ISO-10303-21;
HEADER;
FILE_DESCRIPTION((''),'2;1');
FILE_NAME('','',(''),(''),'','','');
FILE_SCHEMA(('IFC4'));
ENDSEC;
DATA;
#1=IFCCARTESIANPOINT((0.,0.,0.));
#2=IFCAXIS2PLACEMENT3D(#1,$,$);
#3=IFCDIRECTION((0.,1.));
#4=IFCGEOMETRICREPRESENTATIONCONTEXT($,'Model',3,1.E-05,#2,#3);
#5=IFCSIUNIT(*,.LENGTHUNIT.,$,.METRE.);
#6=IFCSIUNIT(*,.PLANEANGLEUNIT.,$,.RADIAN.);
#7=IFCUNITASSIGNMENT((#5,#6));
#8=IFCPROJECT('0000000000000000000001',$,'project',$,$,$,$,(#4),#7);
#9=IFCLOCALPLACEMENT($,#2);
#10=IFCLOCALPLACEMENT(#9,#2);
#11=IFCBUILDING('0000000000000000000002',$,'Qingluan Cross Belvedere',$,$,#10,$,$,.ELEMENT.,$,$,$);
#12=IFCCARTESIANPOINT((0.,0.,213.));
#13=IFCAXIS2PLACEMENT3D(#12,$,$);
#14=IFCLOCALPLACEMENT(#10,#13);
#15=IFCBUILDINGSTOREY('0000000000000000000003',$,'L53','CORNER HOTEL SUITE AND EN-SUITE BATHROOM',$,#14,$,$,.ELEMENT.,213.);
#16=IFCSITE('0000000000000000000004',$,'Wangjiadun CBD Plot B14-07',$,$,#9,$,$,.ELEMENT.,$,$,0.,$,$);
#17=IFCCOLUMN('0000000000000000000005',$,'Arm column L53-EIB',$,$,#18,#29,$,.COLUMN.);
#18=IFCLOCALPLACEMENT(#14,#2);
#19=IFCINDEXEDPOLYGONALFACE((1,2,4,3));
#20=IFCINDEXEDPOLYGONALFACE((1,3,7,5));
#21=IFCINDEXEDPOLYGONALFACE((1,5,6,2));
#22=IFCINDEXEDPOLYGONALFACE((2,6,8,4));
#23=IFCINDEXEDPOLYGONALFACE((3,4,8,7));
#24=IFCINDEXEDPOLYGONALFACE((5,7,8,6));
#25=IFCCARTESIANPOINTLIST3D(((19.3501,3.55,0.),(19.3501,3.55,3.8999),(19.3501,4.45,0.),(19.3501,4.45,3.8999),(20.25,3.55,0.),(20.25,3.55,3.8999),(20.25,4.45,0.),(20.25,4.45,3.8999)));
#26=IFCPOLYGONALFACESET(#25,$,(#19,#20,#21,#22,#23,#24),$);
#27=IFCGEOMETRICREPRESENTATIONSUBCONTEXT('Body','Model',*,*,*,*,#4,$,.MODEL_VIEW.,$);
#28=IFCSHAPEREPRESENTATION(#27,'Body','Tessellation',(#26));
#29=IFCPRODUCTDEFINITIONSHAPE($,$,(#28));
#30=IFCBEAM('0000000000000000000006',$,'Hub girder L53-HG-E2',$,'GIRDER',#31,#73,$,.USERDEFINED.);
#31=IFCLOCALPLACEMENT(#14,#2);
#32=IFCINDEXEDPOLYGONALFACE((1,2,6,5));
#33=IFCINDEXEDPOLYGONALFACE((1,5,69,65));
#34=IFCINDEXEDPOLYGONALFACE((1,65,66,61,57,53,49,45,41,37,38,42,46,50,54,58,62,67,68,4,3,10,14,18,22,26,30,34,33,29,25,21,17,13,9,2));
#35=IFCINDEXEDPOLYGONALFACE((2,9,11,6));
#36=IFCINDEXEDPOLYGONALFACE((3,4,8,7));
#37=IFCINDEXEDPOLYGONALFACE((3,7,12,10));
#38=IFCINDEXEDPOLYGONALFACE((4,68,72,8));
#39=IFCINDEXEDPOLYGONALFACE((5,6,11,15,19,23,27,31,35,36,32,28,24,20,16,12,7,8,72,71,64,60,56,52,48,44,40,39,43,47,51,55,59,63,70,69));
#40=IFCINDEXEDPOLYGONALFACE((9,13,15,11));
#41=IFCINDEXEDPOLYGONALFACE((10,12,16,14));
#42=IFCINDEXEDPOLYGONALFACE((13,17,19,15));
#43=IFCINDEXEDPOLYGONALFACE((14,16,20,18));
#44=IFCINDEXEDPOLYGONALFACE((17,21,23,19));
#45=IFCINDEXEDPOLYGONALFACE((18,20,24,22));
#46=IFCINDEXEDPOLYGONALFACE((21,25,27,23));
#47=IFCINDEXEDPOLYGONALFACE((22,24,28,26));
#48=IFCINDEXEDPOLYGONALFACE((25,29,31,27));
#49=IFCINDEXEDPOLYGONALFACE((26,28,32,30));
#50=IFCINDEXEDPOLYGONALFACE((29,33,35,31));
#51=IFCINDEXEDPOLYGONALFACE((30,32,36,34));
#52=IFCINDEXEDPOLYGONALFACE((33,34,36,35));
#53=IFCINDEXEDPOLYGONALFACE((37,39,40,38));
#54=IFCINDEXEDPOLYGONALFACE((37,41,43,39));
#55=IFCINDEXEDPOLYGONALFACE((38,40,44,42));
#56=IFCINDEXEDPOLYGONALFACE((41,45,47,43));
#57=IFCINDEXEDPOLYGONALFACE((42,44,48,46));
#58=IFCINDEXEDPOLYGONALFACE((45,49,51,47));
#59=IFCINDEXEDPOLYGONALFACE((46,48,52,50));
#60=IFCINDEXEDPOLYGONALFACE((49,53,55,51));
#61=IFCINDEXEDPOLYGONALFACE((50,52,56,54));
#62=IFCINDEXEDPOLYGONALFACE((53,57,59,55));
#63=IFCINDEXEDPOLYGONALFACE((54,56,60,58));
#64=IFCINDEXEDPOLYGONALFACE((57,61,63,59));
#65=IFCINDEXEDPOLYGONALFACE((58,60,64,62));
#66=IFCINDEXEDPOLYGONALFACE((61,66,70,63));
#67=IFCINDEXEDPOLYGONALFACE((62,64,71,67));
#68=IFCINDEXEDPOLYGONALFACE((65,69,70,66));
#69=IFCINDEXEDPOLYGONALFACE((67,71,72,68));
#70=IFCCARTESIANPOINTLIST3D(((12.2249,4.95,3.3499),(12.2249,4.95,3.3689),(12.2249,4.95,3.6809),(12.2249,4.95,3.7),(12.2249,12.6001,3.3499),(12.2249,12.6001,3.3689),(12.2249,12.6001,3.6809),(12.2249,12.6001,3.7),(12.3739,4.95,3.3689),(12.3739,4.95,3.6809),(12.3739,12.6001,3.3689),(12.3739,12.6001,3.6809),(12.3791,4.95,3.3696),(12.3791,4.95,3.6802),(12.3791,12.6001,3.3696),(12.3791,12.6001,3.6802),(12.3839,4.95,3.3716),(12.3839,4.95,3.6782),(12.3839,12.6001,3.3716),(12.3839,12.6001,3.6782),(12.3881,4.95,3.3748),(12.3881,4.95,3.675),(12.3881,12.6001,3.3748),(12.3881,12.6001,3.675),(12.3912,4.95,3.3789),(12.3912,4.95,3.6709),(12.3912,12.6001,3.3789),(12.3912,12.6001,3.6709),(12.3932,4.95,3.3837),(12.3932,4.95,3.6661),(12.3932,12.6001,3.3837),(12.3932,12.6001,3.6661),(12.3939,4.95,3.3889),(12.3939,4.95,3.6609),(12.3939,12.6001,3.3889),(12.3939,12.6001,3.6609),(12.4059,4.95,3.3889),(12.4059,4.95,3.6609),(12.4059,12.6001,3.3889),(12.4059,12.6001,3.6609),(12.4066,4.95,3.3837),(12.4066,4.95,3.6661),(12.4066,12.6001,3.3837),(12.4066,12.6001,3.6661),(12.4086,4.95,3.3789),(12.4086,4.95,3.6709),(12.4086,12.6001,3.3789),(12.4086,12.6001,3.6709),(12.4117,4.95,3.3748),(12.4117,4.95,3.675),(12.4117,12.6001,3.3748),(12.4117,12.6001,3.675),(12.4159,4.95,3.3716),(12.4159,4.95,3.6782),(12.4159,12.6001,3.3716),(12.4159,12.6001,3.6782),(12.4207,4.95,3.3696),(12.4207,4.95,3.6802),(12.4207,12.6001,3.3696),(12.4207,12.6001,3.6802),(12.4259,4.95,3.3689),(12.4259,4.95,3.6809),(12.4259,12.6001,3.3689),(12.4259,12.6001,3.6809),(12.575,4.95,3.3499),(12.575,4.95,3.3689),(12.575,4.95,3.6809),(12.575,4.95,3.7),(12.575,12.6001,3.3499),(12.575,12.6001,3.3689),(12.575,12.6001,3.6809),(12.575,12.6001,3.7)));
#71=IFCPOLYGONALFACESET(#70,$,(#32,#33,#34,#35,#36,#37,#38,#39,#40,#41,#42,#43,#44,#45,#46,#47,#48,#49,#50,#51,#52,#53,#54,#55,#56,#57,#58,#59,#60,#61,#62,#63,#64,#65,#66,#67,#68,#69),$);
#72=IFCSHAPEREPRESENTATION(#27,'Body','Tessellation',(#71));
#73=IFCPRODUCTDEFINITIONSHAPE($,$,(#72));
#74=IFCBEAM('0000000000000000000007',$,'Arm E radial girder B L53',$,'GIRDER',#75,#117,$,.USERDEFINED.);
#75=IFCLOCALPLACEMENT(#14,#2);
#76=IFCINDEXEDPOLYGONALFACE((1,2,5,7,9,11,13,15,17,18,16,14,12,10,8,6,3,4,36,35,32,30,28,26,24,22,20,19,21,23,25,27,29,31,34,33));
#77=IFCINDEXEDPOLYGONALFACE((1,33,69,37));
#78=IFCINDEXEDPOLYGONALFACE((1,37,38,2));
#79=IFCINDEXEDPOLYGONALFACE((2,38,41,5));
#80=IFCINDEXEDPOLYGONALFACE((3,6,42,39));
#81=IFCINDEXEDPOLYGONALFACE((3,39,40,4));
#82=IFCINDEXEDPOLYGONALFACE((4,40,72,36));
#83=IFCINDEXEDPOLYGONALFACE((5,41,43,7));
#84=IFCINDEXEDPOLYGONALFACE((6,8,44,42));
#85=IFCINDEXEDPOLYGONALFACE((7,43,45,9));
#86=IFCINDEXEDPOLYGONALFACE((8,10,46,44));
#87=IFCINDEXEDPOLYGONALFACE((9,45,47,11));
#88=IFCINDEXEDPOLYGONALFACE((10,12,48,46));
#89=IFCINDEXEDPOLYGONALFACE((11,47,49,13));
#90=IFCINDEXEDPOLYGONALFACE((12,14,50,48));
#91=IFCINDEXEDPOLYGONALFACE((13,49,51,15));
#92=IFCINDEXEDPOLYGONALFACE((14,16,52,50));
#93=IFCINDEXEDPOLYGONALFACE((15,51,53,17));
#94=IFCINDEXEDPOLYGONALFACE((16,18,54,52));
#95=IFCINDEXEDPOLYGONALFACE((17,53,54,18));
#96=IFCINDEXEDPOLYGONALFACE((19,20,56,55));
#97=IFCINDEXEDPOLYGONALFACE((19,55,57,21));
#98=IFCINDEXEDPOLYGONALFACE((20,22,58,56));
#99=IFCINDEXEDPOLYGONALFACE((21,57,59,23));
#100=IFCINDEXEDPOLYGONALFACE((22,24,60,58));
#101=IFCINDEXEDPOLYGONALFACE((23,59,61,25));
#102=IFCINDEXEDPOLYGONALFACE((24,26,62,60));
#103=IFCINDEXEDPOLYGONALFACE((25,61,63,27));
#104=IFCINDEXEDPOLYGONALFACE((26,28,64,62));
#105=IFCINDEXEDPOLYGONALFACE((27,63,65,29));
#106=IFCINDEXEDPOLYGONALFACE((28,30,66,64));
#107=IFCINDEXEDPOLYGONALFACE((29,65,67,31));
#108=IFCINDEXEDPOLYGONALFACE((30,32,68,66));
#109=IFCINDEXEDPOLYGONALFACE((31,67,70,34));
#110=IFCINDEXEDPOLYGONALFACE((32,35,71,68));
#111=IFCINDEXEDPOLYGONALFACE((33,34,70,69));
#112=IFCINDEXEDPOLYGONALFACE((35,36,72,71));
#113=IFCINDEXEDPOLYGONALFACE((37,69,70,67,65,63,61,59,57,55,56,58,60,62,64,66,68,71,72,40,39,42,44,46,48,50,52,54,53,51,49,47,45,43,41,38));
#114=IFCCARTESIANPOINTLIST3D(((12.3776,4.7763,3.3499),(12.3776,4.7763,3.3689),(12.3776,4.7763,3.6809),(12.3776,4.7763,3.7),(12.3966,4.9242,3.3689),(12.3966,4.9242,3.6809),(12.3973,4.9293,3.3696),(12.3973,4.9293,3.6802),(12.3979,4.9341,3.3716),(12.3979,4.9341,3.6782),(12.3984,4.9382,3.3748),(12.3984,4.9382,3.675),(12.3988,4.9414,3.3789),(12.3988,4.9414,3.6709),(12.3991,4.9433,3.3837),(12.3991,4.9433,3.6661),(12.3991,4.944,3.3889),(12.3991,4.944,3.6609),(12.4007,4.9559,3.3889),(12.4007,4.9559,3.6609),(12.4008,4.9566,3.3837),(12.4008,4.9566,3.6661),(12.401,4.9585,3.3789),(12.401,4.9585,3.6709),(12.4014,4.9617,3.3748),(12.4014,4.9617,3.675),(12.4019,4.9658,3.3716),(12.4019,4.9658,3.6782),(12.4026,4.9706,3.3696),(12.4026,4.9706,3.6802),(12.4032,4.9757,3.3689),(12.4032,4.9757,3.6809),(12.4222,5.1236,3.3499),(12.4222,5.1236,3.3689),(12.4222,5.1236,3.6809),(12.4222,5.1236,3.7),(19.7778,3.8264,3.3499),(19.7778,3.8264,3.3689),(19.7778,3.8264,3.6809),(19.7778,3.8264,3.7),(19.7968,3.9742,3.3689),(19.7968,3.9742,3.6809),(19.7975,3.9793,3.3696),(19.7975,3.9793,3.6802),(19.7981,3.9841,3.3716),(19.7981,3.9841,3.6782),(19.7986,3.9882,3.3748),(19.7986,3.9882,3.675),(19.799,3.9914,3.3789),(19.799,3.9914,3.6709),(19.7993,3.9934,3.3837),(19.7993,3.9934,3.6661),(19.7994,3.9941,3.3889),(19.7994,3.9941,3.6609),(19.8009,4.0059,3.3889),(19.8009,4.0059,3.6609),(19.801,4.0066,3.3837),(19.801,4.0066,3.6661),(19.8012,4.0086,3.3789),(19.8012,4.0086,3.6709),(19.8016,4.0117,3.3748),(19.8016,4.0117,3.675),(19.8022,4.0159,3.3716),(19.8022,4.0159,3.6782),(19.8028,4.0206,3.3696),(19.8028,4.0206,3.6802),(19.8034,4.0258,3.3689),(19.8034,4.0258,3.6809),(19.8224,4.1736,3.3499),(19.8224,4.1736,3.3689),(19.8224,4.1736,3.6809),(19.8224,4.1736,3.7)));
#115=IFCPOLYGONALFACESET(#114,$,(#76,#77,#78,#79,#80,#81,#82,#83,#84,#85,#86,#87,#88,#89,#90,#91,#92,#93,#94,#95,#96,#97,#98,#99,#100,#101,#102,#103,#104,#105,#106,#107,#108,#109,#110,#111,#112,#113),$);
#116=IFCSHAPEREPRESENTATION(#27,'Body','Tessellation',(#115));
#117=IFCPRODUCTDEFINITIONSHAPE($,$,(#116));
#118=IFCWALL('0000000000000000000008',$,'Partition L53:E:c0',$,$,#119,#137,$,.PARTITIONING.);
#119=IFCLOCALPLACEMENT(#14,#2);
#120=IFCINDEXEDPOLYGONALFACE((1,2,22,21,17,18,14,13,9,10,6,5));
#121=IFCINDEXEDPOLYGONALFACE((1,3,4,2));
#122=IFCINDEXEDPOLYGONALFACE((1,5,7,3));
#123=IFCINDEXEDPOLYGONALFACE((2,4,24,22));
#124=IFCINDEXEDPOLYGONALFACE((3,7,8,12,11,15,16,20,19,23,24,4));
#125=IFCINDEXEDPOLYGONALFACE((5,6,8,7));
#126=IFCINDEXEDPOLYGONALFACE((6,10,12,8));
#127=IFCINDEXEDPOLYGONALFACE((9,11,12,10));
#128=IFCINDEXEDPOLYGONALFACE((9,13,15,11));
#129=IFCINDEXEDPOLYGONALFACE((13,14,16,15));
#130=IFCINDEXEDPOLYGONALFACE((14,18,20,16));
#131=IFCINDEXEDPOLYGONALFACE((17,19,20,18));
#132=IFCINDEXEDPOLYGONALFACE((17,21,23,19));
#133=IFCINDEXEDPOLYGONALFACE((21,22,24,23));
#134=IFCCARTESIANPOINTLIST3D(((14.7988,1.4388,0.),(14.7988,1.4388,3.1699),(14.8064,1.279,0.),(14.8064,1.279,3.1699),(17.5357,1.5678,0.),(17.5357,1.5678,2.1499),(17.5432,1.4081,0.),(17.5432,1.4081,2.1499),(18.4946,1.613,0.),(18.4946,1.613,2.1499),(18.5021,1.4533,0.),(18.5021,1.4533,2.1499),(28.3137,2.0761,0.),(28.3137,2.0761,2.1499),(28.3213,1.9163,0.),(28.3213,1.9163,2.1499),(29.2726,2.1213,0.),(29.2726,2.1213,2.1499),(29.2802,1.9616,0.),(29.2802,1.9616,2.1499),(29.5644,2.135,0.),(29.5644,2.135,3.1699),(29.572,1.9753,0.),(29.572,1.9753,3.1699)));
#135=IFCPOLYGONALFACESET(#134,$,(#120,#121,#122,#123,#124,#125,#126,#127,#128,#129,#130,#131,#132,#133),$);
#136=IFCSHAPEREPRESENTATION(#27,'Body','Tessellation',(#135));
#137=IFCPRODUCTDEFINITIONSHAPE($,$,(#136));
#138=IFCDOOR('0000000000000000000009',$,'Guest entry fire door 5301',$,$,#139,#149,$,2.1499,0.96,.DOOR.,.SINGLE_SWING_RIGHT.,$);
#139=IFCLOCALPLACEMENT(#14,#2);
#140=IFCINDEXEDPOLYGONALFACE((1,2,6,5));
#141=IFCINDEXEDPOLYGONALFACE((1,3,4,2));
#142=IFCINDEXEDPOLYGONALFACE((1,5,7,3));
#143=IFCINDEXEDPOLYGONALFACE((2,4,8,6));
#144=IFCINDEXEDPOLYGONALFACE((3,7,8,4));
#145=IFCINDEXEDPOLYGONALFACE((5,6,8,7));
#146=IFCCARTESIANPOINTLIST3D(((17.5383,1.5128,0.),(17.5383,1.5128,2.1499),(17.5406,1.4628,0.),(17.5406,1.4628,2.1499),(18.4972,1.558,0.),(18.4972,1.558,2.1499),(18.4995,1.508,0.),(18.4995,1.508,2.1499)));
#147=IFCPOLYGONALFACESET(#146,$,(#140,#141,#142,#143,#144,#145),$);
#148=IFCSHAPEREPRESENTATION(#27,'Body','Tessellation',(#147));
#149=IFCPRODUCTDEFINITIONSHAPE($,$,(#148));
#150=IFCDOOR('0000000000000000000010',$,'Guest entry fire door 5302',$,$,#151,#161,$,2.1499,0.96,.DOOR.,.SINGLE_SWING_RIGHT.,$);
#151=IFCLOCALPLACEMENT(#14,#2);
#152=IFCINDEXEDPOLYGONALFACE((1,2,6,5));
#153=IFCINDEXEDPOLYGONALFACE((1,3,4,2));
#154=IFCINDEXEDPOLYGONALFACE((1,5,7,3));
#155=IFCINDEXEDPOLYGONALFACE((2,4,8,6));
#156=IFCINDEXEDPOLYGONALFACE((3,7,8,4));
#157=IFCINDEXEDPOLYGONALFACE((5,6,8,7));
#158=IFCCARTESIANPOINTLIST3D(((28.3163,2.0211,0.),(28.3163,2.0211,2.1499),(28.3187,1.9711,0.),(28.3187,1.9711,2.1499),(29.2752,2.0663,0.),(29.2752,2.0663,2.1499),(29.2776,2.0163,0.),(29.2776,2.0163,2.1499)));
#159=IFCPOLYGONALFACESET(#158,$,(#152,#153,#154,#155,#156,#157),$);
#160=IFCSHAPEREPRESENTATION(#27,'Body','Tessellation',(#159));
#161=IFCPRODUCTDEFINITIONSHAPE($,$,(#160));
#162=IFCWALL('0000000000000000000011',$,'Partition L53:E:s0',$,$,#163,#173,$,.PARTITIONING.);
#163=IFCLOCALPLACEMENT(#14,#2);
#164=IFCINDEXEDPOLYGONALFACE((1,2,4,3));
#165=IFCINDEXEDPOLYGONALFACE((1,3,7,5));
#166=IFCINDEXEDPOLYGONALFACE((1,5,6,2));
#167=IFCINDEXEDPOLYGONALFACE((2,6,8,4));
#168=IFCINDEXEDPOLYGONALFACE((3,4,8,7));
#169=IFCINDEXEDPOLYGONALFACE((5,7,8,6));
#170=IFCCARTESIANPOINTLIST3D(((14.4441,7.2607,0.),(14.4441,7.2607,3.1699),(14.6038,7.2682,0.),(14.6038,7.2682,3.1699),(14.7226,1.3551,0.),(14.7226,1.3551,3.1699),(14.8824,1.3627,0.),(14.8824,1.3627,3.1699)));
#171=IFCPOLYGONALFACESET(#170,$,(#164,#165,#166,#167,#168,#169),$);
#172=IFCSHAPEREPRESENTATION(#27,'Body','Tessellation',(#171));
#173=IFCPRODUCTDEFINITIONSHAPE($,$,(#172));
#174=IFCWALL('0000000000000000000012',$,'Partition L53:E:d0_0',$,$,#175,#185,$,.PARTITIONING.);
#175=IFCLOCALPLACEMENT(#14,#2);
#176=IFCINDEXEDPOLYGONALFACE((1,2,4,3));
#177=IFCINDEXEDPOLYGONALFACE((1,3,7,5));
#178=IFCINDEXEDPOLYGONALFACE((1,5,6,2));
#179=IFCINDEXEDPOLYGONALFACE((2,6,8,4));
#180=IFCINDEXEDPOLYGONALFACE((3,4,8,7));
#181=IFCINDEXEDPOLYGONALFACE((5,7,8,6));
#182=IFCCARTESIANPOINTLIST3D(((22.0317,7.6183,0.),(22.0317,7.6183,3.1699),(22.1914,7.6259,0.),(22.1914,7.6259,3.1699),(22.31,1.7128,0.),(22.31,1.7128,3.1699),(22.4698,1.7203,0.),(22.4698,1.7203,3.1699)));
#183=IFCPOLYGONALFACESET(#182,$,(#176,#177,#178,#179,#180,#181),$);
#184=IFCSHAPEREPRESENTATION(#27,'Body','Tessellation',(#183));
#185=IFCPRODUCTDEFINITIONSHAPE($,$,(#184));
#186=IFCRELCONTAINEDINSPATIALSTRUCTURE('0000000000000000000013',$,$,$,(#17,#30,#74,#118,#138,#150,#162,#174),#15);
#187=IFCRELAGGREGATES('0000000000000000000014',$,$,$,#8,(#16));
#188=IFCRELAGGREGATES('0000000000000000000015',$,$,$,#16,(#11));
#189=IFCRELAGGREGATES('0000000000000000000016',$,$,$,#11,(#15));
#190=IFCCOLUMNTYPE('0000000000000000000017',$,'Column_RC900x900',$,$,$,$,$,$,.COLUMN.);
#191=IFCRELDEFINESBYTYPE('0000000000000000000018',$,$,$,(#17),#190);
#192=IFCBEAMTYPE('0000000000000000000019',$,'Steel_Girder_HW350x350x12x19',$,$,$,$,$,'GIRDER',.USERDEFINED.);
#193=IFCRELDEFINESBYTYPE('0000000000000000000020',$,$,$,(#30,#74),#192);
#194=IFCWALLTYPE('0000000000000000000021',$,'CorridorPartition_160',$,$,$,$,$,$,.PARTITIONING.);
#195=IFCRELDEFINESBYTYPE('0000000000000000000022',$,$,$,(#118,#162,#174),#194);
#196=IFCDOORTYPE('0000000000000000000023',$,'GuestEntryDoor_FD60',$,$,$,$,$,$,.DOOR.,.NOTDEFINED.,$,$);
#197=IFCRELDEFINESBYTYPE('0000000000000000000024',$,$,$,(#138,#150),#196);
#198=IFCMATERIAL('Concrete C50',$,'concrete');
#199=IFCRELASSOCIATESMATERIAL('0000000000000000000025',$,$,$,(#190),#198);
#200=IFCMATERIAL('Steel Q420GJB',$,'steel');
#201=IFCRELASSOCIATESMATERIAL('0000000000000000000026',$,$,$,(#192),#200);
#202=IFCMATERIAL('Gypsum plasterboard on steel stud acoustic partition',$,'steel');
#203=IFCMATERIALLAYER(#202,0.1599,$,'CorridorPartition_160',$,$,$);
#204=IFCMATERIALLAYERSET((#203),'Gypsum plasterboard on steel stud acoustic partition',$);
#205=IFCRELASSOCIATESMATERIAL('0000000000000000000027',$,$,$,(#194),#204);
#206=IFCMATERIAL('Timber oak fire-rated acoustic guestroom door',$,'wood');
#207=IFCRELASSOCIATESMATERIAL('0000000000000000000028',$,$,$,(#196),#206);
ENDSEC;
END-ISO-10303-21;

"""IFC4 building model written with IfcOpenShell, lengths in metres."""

from ifc_helpers import new_model, si_unit, direction, frame, frame_2d, origin, origin_2d, place, context, subcontext, project, spatial, rectangle, i_section, extrude, material, layer, layer_set, material_profile, profile_set, type_object, element, fill, save


model = new_model("IFC4")

# Units and contexts
model_context = context("Model", 3, precision=1e-05, world=origin(), true_north=direction((0.0, 1.0)))
body_context = subcontext(model_context, "Body", "Model", "MODEL_VIEW")
ifc_project = project(units=[si_unit("LENGTHUNIT", "METRE"), si_unit("PLANEANGLEUNIT", "RADIAN")], contexts=[model_context])

# Site, building, storey
site_placement = place(None, origin())
site = spatial("IfcSite", under=ifc_project, at=site_placement, Name="Wangjiadun CBD Plot B14-07", CompositionType="ELEMENT", RefElevation=0.0)
building_placement = place(site_placement, origin())
building = spatial("IfcBuilding", under=site, at=building_placement, Name="Qingluan Cross Belvedere", CompositionType="ELEMENT")
storey_placement = place(building_placement, frame((0.0, 0.0, 213.0)))
storey = spatial("IfcBuildingStorey", under=building, at=storey_placement, Name="L53", Description="CORNER HOTEL SUITE AND EN-SUITE BATHROOM", CompositionType="ELEMENT", Elevation=213.0)

# Column
ifc_material_1 = material(Name="Concrete C50", Category="concrete")
ifc_material_profile_1 = material_profile(ifc_material_1, rectangle(XDim=0.8999, YDim=0.8999, at=origin_2d()), Name="RC900x900")
ifc_profile_set_1 = profile_set([ifc_material_profile_1], Name="Concrete C50")
column_type = type_object("IfcColumnType", Name="Column_RC900x900", PredefinedType="COLUMN", material=ifc_profile_set_1)
column_placement = place(storey_placement, frame((19.8, 4.0, 0.0), z_axis=(0.0, 0.0, 1.0), x_axis=(1.0, 0.0, 0.0)))
element("IfcColumn", 1, at=column_placement, inside=storey, type_object=column_type, Name="Arm column L53-EIB", PredefinedType="COLUMN", context=body_context, shape_type="SweptSolid", body=[
    extrude(rectangle(XDim=0.8999, YDim=0.8999, at=origin_2d()), origin(), (0.0, 0.0, 1.0), 3.8999),
])

# Beams
ifc_material_2 = material(Name="Steel Q420GJB", Category="steel")
ifc_material_profile_2 = material_profile(ifc_material_2, i_section(OverallWidth=0.3501, OverallDepth=0.3501, WebThickness=0.012, FlangeThickness=0.019, FilletRadius=0.02, at=origin_2d()), Name="HW350x350x12x19")
ifc_profile_set_2 = profile_set([ifc_material_profile_2], Name="Steel Q420GJB")
beam_type = type_object("IfcBeamType", Name="Steel_Girder_HW350x350x12x19", ElementType="GIRDER", PredefinedType="USERDEFINED", material=ifc_profile_set_2)
beam_1_placement = place(storey_placement, frame((12.3999, 4.95, 3.5249), z_axis=(0.0, 1.0, 0.0), x_axis=(-1.0, 0.0, 0.0)))
element("IfcBeam", 2, at=beam_1_placement, inside=storey, type_object=beam_type, Name="Hub girder L53-HG-E2", ObjectType="GIRDER", PredefinedType="USERDEFINED", context=body_context, shape_type="SweptSolid", body=[
    extrude(i_section(OverallWidth=0.3501, OverallDepth=0.3501, WebThickness=0.012, FlangeThickness=0.019, FilletRadius=0.02, at=origin_2d()), origin(), (0.0, 0.0, 1.0), 7.6501),
])
beam_2_placement = place(storey_placement, frame((12.3999, 4.95, 3.5249), z_axis=(0.991861, -0.127324, 0.0), x_axis=(0.127324, 0.991861, 0.0)))
element("IfcBeam", 3, at=beam_2_placement, inside=storey, type_object=beam_type, Name="Arm E radial girder B L53", ObjectType="GIRDER", PredefinedType="USERDEFINED", context=body_context, shape_type="SweptSolid", body=[
    extrude(i_section(OverallWidth=0.3501, OverallDepth=0.3501, WebThickness=0.012, FlangeThickness=0.019, FilletRadius=0.02, at=origin_2d()), origin(), (0.0, 0.0, 1.0), 7.4609),
])

# Wall, openings, doors
ifc_material_3 = material(Name="Gypsum plasterboard on steel stud acoustic partition", Category="steel")
ifc_layer_1 = layer(ifc_material_3, 0.1599, Name="CorridorPartition_160")
ifc_layer_set_1 = layer_set([ifc_layer_1], Name="Gypsum plasterboard on steel stud acoustic partition")
wall_type_1 = type_object("IfcWallType", Name="CorridorPartition_160", PredefinedType="PARTITIONING", material=ifc_layer_set_1)
wall_1_placement = place(storey_placement, frame((14.8025, 1.3589, 0.0), z_axis=(0.0, 0.0, 1.0), x_axis=(0.99889, 0.047104, 0.0)))
wall_1 = element("IfcWall", 4, at=wall_1_placement, inside=storey, type_object=wall_type_1, Name="Partition L53:E:c0", PredefinedType="PARTITIONING", context=body_context, shape_type="SweptSolid", body=[
    extrude(rectangle(XDim=14.782, YDim=0.1599, at=frame_2d((7.3911, 0.0))), origin(), (0.0, 0.0, 1.0), 3.1699),
])
opening_1_placement = place(wall_1_placement, frame((2.74, 0.0, 0.0)))
opening_1 = element("IfcOpeningElement", 5, at=opening_1_placement, cuts=wall_1, PredefinedType="OPENING", context=body_context, shape_type="SweptSolid", body=[
    extrude(rectangle(XDim=0.96, YDim=2.1499, at=frame_2d((0.48, 1.075))), frame((0.0, 0.0898, 0.0), z_axis=(0.0, -1.0, 0.0), x_axis=(1.0, 0.0, 0.0)), (0.0, 0.0, 1.0), 0.1799),
])
opening_2_placement = place(wall_1_placement, frame((13.53, 0.0, 0.0)))
opening_2 = element("IfcOpeningElement", 6, at=opening_2_placement, cuts=wall_1, PredefinedType="OPENING", context=body_context, shape_type="SweptSolid", body=[
    extrude(rectangle(XDim=0.96, YDim=2.1499, at=frame_2d((0.48, 1.075))), frame((0.0, 0.0898, 0.0), z_axis=(0.0, -1.0, 0.0), x_axis=(1.0, 0.0, 0.0)), (0.0, 0.0, 1.0), 0.1799),
])
ifc_material_4 = material(Name="Timber oak fire-rated acoustic guestroom door", Category="wood")
door_type_1 = type_object("IfcDoorType", Name="GuestEntryDoor_FD60", OperationType="NOTDEFINED", PredefinedType="DOOR", material=ifc_material_4)
door_1_placement = place(opening_1_placement, origin())
door_1 = element("IfcDoor", 7, at=door_1_placement, inside=storey, type_object=door_type_1, Name="Guest entry fire door 5301", OperationType="SINGLE_SWING_RIGHT", OverallHeight=2.1499, OverallWidth=0.96, PredefinedType="DOOR", context=body_context, shape_type="SweptSolid", body=[
    extrude(rectangle(XDim=0.96, YDim=2.1499, at=frame_2d((0.48, 1.075))), frame((0.0, 0.0249, 0.0), z_axis=(0.0, -1.0, 0.0), x_axis=(1.0, 0.0, 0.0)), (0.0, 0.0, 1.0), 0.05),
])
fill(opening_1, door_1)
door_2_placement = place(opening_2_placement, origin())
door_2 = element("IfcDoor", 8, at=door_2_placement, inside=storey, type_object=door_type_1, Name="Guest entry fire door 5302", OperationType="SINGLE_SWING_RIGHT", OverallHeight=2.1499, OverallWidth=0.96, PredefinedType="DOOR", context=body_context, shape_type="SweptSolid", body=[
    extrude(rectangle(XDim=0.96, YDim=2.1499, at=frame_2d((0.48, 1.075))), frame((0.0, 0.0249, 0.0), z_axis=(0.0, -1.0, 0.0), x_axis=(1.0, 0.0, 0.0)), (0.0, 0.0, 1.0), 0.05),
])
fill(opening_2, door_2)

# Walls
for number, where, z_axis, x_axis, name in (
    (9, (14.8025, 1.3589, 0.0), (0.0, 0.0, 1.0), (-0.047118, 0.998889, 0.0), "Partition L53:E:s0"),
    (10, (22.3899, 1.7166, 0.0), (0.0, 0.0, 1.0), (-0.047077, 0.998891, 0.0), "Partition L53:E:d0_0"),
):
    element("IfcWall", number, at=place(storey_placement, frame(where, z_axis=z_axis, x_axis=x_axis)), inside=storey, type_object=wall_type_1, Name=name, PredefinedType="PARTITIONING", context=body_context, shape_type="SweptSolid", body=[
        extrude(rectangle(XDim=5.9121, YDim=0.1599, at=frame_2d((2.9561, 0.0))), origin(), (0.0, 0.0, 1.0), 3.1699),
    ])

save(model, "model.ifc")
